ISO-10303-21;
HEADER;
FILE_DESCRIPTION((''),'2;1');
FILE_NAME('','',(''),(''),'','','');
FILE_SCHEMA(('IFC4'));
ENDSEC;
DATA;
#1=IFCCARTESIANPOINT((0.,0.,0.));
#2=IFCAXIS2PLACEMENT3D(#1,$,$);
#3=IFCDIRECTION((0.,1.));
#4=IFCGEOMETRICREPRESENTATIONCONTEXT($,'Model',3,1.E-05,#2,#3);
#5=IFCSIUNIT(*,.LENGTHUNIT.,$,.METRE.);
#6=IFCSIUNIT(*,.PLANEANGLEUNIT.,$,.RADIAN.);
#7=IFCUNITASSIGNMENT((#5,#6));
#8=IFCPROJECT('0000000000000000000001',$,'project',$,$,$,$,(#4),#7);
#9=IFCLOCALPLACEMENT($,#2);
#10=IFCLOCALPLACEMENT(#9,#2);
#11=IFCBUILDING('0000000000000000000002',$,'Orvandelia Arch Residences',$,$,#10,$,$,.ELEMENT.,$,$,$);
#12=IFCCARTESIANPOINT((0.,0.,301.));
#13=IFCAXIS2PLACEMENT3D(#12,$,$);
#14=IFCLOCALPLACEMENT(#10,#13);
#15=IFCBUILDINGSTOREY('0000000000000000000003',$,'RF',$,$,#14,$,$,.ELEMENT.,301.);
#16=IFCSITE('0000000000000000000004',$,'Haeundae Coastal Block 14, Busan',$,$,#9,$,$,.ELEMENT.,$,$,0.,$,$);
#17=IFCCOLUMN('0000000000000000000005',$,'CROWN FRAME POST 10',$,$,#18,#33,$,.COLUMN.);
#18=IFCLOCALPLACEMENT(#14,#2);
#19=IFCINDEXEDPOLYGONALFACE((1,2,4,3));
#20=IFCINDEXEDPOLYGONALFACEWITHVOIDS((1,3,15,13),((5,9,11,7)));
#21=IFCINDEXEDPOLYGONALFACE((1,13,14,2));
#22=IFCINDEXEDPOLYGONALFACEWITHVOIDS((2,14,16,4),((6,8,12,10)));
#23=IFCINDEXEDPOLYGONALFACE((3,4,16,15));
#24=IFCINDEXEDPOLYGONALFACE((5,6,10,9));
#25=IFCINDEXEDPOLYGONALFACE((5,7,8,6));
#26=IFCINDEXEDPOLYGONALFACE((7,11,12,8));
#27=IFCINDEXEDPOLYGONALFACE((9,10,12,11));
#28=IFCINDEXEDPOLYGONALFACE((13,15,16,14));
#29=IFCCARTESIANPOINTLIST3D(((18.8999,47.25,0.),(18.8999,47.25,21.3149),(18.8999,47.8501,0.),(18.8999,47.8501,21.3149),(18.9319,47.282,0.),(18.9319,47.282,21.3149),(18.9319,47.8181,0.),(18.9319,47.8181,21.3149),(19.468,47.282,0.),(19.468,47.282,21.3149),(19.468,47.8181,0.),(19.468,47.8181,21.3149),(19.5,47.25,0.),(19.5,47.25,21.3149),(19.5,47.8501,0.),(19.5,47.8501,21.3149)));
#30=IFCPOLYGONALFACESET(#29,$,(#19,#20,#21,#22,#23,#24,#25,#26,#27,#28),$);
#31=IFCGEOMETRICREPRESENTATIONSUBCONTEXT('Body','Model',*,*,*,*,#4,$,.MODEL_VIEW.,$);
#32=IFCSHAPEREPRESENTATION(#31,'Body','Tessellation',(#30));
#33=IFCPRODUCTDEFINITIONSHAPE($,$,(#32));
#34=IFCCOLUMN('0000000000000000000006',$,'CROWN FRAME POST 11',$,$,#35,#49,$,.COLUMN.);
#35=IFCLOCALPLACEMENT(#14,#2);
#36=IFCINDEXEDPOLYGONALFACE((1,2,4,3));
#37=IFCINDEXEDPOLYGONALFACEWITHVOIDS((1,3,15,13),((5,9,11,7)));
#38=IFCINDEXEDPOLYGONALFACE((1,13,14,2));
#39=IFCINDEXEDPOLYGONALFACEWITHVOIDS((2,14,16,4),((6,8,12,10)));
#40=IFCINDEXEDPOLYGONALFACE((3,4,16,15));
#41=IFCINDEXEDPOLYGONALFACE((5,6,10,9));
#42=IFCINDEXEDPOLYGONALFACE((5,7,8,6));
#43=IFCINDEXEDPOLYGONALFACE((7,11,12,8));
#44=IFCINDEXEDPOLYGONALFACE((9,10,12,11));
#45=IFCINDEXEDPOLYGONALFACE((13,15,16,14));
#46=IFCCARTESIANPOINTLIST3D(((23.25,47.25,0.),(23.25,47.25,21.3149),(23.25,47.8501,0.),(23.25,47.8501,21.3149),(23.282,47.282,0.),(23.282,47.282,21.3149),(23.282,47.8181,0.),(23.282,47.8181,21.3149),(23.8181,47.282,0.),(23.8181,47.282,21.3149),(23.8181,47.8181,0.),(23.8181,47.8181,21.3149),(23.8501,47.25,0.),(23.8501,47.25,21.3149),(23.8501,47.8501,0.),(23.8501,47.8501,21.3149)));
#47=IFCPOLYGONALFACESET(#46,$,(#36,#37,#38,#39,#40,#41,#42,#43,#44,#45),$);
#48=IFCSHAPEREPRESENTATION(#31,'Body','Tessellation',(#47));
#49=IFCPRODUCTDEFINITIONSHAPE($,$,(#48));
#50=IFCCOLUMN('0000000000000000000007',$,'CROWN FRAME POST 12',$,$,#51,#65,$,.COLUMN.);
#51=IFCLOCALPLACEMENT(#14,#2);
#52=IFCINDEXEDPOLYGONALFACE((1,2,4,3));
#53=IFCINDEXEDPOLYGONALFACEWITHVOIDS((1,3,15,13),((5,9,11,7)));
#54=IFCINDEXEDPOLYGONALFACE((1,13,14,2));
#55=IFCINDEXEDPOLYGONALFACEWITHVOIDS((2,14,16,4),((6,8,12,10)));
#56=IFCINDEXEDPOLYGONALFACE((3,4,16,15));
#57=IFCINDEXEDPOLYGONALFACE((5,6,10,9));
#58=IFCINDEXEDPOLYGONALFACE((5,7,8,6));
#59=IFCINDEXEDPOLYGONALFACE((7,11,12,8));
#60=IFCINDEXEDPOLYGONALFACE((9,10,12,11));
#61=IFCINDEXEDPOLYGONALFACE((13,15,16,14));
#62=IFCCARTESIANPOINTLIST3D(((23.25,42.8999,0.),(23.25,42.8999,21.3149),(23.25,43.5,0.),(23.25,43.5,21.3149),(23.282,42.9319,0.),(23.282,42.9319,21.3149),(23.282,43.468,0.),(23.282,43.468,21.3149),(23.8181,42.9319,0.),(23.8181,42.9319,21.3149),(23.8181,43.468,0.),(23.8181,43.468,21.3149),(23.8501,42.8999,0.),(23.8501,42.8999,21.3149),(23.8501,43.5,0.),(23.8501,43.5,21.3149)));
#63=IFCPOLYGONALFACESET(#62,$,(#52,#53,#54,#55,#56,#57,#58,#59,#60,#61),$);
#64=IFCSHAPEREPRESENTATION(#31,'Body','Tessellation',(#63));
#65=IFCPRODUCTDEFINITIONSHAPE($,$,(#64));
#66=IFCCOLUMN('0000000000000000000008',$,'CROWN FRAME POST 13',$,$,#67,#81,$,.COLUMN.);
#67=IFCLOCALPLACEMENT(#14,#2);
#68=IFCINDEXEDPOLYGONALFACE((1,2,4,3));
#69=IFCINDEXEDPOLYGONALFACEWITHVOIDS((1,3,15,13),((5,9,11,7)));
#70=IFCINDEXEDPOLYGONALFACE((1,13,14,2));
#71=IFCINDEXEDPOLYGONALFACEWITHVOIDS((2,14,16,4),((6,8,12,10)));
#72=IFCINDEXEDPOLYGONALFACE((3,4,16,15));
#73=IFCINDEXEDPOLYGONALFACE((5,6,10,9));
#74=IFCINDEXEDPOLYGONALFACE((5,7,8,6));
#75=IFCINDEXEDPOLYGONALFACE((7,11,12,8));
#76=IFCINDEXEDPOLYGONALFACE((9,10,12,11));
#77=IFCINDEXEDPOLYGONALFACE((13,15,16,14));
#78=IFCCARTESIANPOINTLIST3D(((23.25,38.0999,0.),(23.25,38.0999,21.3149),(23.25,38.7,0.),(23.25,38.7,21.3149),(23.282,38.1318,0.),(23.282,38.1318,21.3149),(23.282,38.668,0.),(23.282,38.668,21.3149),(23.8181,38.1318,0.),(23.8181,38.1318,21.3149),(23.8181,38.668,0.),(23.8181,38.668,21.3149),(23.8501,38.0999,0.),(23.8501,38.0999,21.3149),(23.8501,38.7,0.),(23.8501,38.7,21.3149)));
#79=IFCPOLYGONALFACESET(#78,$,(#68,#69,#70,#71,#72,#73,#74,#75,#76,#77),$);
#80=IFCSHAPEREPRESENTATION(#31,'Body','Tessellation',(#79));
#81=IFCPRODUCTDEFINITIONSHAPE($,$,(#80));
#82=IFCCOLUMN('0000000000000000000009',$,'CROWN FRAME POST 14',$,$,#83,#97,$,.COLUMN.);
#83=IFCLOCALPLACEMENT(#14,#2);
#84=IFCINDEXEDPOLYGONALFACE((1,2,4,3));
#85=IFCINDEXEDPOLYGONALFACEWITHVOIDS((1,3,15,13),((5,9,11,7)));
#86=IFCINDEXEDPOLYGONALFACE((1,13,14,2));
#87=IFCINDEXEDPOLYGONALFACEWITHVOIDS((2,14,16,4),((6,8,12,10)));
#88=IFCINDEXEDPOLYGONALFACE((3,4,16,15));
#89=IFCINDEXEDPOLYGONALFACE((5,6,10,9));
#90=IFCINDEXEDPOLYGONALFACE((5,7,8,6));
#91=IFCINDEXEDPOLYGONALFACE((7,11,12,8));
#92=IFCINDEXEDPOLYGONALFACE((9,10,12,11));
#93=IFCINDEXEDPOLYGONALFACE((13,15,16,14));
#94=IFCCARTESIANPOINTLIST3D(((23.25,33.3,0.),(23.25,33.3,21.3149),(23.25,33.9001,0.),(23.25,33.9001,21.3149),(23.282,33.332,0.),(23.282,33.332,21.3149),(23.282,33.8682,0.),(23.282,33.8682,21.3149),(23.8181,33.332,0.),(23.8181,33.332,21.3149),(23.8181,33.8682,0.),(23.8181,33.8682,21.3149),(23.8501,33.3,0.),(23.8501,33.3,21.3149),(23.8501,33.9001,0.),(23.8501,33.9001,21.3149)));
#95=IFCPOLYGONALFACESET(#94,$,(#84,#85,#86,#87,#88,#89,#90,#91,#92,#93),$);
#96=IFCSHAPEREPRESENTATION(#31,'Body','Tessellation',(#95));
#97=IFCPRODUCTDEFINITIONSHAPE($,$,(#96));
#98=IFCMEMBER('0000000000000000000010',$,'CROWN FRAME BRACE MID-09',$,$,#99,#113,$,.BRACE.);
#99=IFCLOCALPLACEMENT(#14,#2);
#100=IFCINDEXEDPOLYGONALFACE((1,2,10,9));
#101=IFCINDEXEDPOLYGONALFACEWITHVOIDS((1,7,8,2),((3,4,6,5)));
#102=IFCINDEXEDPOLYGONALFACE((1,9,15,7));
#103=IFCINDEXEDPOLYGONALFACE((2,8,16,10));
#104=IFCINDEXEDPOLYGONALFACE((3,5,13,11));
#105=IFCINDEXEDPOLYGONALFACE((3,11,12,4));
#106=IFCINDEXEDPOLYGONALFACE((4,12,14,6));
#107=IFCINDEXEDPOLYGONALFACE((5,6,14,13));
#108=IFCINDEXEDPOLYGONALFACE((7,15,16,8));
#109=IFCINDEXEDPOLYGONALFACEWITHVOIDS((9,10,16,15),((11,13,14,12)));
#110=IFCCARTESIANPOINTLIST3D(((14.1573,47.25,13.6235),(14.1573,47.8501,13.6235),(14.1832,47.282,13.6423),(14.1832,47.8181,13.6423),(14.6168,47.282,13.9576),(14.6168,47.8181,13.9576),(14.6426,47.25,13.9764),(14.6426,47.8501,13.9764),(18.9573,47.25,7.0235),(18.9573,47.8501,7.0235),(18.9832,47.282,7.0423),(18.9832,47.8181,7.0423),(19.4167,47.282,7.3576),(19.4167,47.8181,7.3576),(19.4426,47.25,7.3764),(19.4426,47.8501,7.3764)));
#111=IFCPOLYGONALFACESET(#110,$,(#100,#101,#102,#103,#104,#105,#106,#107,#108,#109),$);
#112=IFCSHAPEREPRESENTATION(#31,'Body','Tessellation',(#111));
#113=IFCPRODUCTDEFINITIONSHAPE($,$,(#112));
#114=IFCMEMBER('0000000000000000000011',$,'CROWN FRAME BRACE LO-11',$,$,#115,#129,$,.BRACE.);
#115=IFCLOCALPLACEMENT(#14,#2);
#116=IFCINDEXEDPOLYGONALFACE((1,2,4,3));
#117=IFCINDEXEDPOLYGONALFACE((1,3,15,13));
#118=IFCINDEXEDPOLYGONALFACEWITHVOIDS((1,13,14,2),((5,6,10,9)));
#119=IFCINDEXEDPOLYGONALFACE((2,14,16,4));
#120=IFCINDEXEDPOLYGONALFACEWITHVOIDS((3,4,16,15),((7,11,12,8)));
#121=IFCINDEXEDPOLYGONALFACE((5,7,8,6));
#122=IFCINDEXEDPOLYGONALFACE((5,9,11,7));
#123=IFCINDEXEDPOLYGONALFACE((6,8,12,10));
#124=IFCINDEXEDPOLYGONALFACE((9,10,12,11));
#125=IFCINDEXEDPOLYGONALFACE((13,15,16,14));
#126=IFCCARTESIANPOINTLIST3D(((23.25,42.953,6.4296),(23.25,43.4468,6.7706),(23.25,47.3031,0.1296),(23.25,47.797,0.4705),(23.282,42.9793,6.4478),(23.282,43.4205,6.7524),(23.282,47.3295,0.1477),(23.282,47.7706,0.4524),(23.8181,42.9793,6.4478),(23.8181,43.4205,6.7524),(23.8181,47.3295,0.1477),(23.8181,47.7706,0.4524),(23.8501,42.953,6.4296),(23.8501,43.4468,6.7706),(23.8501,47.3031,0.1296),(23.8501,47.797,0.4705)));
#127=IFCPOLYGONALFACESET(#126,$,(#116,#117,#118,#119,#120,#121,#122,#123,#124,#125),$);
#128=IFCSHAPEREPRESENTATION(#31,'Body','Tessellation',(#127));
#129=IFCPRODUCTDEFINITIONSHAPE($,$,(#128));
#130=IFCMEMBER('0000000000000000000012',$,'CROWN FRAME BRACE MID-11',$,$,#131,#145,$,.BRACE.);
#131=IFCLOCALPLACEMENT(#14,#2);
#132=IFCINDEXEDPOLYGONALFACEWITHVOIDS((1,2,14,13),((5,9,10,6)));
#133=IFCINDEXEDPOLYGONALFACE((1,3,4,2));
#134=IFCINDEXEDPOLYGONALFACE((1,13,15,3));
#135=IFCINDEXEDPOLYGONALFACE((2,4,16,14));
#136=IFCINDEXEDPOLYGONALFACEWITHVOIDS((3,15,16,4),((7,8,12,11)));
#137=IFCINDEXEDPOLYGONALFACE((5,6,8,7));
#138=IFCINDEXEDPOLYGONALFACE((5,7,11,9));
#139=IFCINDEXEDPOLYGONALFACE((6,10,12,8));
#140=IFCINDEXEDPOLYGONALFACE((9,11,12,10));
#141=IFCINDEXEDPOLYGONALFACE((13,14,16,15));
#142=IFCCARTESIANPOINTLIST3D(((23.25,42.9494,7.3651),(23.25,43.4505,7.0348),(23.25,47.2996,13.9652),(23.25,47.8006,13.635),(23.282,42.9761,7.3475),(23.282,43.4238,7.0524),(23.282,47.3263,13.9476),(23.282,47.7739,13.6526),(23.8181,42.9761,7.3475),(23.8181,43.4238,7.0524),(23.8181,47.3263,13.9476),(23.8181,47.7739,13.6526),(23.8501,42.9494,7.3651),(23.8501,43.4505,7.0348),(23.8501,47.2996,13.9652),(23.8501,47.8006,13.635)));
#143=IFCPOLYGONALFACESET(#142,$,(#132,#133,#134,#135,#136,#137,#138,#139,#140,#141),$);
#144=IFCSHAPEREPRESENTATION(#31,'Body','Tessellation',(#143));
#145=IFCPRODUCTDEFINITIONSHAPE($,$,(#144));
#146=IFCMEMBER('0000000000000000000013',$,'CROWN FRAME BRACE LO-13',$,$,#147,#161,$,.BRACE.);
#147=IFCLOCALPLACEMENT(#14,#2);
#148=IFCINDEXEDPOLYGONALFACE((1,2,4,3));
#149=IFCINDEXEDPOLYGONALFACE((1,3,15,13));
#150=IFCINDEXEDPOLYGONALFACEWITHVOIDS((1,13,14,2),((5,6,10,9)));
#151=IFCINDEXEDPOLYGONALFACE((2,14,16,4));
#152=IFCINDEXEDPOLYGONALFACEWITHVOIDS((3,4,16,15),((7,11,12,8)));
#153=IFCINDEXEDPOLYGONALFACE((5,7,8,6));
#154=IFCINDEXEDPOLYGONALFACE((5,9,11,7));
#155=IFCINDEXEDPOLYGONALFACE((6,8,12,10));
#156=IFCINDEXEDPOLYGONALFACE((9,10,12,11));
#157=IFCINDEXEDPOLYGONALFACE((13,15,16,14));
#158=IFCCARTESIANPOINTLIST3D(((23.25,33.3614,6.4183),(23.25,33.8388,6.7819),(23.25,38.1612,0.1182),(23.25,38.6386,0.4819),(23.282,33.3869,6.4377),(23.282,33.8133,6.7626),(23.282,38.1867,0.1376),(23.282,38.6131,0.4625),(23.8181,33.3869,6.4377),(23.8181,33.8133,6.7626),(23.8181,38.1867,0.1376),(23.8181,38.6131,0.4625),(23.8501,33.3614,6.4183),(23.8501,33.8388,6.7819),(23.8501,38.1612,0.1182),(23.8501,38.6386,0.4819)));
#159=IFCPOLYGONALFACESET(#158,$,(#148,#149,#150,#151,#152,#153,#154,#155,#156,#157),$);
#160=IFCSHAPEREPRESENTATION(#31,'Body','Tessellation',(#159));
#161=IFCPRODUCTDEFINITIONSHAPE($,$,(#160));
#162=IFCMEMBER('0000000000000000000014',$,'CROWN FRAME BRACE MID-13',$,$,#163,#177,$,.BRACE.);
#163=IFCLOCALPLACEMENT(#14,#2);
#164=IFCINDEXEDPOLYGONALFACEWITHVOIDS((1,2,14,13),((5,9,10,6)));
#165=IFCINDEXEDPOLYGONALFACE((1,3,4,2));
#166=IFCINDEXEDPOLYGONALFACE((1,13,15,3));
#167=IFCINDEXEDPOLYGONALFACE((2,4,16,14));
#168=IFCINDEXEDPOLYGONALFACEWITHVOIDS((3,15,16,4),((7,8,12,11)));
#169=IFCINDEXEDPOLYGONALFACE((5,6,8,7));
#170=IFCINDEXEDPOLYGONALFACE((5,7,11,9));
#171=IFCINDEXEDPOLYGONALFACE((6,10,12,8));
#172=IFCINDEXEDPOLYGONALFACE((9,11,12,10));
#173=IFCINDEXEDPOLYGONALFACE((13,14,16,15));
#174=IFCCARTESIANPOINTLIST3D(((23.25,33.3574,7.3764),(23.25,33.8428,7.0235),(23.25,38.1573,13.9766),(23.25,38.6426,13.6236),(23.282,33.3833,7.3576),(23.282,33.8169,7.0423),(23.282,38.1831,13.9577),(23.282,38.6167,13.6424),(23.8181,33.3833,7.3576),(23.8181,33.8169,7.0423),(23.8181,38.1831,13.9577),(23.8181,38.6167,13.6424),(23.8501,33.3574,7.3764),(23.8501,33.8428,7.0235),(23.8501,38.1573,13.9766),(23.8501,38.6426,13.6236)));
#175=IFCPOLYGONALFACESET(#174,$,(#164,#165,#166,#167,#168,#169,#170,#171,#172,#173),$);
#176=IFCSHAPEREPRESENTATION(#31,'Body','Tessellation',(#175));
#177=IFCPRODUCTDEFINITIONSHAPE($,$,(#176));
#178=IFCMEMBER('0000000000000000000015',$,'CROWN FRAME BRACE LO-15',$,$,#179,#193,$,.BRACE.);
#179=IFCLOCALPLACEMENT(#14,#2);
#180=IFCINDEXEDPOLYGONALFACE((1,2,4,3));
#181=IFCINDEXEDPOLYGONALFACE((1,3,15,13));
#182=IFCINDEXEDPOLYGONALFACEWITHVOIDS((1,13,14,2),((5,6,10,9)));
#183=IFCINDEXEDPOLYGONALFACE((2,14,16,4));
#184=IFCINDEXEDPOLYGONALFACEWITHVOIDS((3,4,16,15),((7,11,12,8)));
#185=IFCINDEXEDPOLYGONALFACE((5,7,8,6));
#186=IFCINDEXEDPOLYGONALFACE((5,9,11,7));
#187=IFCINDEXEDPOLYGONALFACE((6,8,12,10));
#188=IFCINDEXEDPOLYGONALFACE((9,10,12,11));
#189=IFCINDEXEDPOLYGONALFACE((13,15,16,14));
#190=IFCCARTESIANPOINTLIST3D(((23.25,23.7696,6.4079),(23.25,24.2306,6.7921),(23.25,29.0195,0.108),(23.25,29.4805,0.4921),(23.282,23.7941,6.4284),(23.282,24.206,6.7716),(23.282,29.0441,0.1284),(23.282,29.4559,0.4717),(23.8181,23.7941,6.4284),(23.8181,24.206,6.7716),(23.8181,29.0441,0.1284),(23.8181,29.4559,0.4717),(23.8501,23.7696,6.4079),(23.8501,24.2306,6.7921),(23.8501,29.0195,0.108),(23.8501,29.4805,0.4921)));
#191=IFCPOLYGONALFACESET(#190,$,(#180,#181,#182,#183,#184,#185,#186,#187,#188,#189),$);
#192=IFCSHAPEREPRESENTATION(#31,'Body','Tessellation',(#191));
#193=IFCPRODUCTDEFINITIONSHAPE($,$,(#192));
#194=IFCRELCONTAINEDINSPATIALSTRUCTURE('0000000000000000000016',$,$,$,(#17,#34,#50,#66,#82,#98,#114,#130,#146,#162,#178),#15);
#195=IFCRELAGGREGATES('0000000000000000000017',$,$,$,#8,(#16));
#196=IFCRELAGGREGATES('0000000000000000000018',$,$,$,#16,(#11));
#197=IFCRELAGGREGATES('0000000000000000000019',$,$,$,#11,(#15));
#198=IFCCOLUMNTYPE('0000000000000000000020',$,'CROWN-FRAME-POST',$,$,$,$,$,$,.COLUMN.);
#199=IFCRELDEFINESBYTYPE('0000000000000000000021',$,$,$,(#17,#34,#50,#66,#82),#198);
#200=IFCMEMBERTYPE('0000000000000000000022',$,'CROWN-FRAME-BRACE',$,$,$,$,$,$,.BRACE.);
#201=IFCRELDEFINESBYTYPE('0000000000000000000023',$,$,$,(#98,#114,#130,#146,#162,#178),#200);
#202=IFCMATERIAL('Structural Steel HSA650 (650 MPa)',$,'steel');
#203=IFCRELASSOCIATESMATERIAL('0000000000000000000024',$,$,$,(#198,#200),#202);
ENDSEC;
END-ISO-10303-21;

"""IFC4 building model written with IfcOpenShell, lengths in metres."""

from ifc_helpers import new_model, si_unit, direction, frame, origin, origin_2d, place, context, subcontext, project, spatial, hollow_rectangle, extrude, material, material_profile, profile_set, type_object, element, save


model = new_model("IFC4")

# Units and contexts
model_context = context("Model", 3, precision=1e-05, world=origin(), true_north=direction((0.0, 1.0)))
body_context = subcontext(model_context, "Body", "Model", "MODEL_VIEW")
ifc_project = project(units=[si_unit("LENGTHUNIT", "METRE"), si_unit("PLANEANGLEUNIT", "RADIAN")], contexts=[model_context])

# Site, building, storey
site_placement = place(None, origin())
site = spatial("IfcSite", under=ifc_project, at=site_placement, Name="Haeundae Coastal Block 14, Busan", CompositionType="ELEMENT", RefElevation=0.0)
building_placement = place(site_placement, origin())
building = spatial("IfcBuilding", under=site, at=building_placement, Name="Orvandelia Arch Residences", CompositionType="ELEMENT")
storey_placement = place(building_placement, frame((0.0, 0.0, 301.0)))
storey = spatial("IfcBuildingStorey", under=building, at=storey_placement, Name="RF", CompositionType="ELEMENT", Elevation=301.0)

# Columns
ifc_material_1 = material(Name="Structural Steel HSA650 (650 MPa)", Category="steel")
ifc_material_profile_1 = material_profile(ifc_material_1, hollow_rectangle(XDim=0.6001, YDim=0.6001, WallThickness=0.032, at=origin_2d()), Name="Structural Steel HSA650 (650 MPa)", Category="steel")
ifc_profile_set_1 = profile_set([ifc_material_profile_1], Name="Structural Steel HSA650 (650 MPa)")
column_type = type_object("IfcColumnType", Name="CROWN-FRAME-POST", PredefinedType="COLUMN", material=ifc_profile_set_1)
for number, where, z_axis, x_axis, name in (
    (1, (19.2, 47.55, 0.0), (0.0, 0.0, 1.0), (1.0, 0.0, 0.0), "CROWN FRAME POST 10"),
    (2, (23.55, 47.55, 0.0), (0.0, 0.0, 1.0), (1.0, 0.0, 0.0), "CROWN FRAME POST 11"),
    (3, (23.55, 43.2, 0.0), (0.0, 0.0, 1.0), (1.0, 0.0, 0.0), "CROWN FRAME POST 12"),
    (4, (23.55, 38.3999, 0.0), (0.0, 0.0, 1.0), (1.0, 0.0, 0.0), "CROWN FRAME POST 13"),
    (5, (23.55, 33.6001, 0.0), (0.0, 0.0, 1.0), (1.0, 0.0, 0.0), "CROWN FRAME POST 14"),
):
    element("IfcColumn", number, at=place(storey_placement, frame(where, z_axis=z_axis, x_axis=x_axis)), inside=storey, type_object=column_type, Name=name, PredefinedType="COLUMN", context=body_context, shape_type="SweptSolid", body=[
        extrude(hollow_rectangle(XDim=0.6001, YDim=0.6001, WallThickness=0.032, at=origin_2d()), origin(), (0.0, 0.0, 1.0), 21.3149),
    ])

# Members
ifc_material_profile_2 = material_profile(ifc_material_1, hollow_rectangle(XDim=0.6001, YDim=0.6001, WallThickness=0.032, at=origin_2d()), Name="Structural Steel HSA650 (650 MPa)", Category="steel")
ifc_profile_set_2 = profile_set([ifc_material_profile_2], Name="Structural Steel HSA650 (650 MPa)")
member_type = type_object("IfcMemberType", Name="CROWN-FRAME-BRACE", PredefinedType="BRACE", material=ifc_profile_set_2)
member_1_placement = place(storey_placement, frame((19.2, 47.55, 7.2), z_axis=(-0.58817, 0.0, 0.808737), x_axis=(0.0, -1.0, 0.0)))
element("IfcMember", 6, at=member_1_placement, inside=storey, type_object=member_type, Name="CROWN FRAME BRACE MID-09", PredefinedType="BRACE", context=body_context, shape_type="SweptSolid", body=[
    extrude(hollow_rectangle(XDim=0.6001, YDim=0.6001, WallThickness=0.032, at=origin_2d()), origin(), (0.0, 0.0, 1.0), 8.1609),
])
member_2_placement = place(storey_placement, frame((23.55, 47.55, 0.3), z_axis=(0.0, -0.568196, 0.822893), x_axis=(1.0, 0.0, 0.0)))
element("IfcMember", 7, at=member_2_placement, inside=storey, type_object=member_type, Name="CROWN FRAME BRACE LO-11", PredefinedType="BRACE", context=body_context, shape_type="SweptSolid", body=[
    extrude(hollow_rectangle(XDim=0.6001, YDim=0.6001, WallThickness=0.032, at=origin_2d()), origin(), (0.0, 0.0, 1.0), 7.656),
])
member_3_placement = place(storey_placement, frame((23.55, 43.2, 7.2), z_axis=(0.0, 0.550316, 0.834956), x_axis=(-1.0, 0.0, 0.0)))
element("IfcMember", 8, at=member_3_placement, inside=storey, type_object=member_type, Name="CROWN FRAME BRACE MID-11", PredefinedType="BRACE", context=body_context, shape_type="SweptSolid", body=[
    extrude(hollow_rectangle(XDim=0.6001, YDim=0.6001, WallThickness=0.032, at=origin_2d()), origin(), (0.0, 0.0, 1.0), 7.9048),
])
member_4_placement = place(storey_placement, frame((23.55, 38.3999, 0.3), z_axis=(0.0, -0.606025, 0.795446), x_axis=(1.0, 0.0, 0.0)))
element("IfcMember", 9, at=member_4_placement, inside=storey, type_object=member_type, Name="CROWN FRAME BRACE LO-13", PredefinedType="BRACE", context=body_context, shape_type="SweptSolid", body=[
    extrude(hollow_rectangle(XDim=0.6001, YDim=0.6001, WallThickness=0.032, at=origin_2d()), origin(), (0.0, 0.0, 1.0), 7.9202),
])
member_5_placement = place(storey_placement, frame((23.55, 33.6001, 7.2), z_axis=(0.0, 0.58815, 0.808752), x_axis=(-1.0, 0.0, 0.0)))
element("IfcMember", 10, at=member_5_placement, inside=storey, type_object=member_type, Name="CROWN FRAME BRACE MID-13", PredefinedType="BRACE", context=body_context, shape_type="SweptSolid", body=[
    extrude(hollow_rectangle(XDim=0.6001, YDim=0.6001, WallThickness=0.032, at=origin_2d()), origin(), (0.0, 0.0, 1.0), 8.1609),
])
member_6_placement = place(storey_placement, frame((23.55, 29.25, 0.3), z_axis=(0.0, -0.640181, 0.768224), x_axis=(1.0, 0.0, 0.0)))
element("IfcMember", 11, at=member_6_placement, inside=storey, type_object=member_type, Name="CROWN FRAME BRACE LO-15", PredefinedType="BRACE", context=body_context, shape_type="SweptSolid", body=[
    extrude(hollow_rectangle(XDim=0.6001, YDim=0.6001, WallThickness=0.032, at=origin_2d()), origin(), (0.0, 0.0, 1.0), 8.2007),
])

save(model, "model.ifc")
